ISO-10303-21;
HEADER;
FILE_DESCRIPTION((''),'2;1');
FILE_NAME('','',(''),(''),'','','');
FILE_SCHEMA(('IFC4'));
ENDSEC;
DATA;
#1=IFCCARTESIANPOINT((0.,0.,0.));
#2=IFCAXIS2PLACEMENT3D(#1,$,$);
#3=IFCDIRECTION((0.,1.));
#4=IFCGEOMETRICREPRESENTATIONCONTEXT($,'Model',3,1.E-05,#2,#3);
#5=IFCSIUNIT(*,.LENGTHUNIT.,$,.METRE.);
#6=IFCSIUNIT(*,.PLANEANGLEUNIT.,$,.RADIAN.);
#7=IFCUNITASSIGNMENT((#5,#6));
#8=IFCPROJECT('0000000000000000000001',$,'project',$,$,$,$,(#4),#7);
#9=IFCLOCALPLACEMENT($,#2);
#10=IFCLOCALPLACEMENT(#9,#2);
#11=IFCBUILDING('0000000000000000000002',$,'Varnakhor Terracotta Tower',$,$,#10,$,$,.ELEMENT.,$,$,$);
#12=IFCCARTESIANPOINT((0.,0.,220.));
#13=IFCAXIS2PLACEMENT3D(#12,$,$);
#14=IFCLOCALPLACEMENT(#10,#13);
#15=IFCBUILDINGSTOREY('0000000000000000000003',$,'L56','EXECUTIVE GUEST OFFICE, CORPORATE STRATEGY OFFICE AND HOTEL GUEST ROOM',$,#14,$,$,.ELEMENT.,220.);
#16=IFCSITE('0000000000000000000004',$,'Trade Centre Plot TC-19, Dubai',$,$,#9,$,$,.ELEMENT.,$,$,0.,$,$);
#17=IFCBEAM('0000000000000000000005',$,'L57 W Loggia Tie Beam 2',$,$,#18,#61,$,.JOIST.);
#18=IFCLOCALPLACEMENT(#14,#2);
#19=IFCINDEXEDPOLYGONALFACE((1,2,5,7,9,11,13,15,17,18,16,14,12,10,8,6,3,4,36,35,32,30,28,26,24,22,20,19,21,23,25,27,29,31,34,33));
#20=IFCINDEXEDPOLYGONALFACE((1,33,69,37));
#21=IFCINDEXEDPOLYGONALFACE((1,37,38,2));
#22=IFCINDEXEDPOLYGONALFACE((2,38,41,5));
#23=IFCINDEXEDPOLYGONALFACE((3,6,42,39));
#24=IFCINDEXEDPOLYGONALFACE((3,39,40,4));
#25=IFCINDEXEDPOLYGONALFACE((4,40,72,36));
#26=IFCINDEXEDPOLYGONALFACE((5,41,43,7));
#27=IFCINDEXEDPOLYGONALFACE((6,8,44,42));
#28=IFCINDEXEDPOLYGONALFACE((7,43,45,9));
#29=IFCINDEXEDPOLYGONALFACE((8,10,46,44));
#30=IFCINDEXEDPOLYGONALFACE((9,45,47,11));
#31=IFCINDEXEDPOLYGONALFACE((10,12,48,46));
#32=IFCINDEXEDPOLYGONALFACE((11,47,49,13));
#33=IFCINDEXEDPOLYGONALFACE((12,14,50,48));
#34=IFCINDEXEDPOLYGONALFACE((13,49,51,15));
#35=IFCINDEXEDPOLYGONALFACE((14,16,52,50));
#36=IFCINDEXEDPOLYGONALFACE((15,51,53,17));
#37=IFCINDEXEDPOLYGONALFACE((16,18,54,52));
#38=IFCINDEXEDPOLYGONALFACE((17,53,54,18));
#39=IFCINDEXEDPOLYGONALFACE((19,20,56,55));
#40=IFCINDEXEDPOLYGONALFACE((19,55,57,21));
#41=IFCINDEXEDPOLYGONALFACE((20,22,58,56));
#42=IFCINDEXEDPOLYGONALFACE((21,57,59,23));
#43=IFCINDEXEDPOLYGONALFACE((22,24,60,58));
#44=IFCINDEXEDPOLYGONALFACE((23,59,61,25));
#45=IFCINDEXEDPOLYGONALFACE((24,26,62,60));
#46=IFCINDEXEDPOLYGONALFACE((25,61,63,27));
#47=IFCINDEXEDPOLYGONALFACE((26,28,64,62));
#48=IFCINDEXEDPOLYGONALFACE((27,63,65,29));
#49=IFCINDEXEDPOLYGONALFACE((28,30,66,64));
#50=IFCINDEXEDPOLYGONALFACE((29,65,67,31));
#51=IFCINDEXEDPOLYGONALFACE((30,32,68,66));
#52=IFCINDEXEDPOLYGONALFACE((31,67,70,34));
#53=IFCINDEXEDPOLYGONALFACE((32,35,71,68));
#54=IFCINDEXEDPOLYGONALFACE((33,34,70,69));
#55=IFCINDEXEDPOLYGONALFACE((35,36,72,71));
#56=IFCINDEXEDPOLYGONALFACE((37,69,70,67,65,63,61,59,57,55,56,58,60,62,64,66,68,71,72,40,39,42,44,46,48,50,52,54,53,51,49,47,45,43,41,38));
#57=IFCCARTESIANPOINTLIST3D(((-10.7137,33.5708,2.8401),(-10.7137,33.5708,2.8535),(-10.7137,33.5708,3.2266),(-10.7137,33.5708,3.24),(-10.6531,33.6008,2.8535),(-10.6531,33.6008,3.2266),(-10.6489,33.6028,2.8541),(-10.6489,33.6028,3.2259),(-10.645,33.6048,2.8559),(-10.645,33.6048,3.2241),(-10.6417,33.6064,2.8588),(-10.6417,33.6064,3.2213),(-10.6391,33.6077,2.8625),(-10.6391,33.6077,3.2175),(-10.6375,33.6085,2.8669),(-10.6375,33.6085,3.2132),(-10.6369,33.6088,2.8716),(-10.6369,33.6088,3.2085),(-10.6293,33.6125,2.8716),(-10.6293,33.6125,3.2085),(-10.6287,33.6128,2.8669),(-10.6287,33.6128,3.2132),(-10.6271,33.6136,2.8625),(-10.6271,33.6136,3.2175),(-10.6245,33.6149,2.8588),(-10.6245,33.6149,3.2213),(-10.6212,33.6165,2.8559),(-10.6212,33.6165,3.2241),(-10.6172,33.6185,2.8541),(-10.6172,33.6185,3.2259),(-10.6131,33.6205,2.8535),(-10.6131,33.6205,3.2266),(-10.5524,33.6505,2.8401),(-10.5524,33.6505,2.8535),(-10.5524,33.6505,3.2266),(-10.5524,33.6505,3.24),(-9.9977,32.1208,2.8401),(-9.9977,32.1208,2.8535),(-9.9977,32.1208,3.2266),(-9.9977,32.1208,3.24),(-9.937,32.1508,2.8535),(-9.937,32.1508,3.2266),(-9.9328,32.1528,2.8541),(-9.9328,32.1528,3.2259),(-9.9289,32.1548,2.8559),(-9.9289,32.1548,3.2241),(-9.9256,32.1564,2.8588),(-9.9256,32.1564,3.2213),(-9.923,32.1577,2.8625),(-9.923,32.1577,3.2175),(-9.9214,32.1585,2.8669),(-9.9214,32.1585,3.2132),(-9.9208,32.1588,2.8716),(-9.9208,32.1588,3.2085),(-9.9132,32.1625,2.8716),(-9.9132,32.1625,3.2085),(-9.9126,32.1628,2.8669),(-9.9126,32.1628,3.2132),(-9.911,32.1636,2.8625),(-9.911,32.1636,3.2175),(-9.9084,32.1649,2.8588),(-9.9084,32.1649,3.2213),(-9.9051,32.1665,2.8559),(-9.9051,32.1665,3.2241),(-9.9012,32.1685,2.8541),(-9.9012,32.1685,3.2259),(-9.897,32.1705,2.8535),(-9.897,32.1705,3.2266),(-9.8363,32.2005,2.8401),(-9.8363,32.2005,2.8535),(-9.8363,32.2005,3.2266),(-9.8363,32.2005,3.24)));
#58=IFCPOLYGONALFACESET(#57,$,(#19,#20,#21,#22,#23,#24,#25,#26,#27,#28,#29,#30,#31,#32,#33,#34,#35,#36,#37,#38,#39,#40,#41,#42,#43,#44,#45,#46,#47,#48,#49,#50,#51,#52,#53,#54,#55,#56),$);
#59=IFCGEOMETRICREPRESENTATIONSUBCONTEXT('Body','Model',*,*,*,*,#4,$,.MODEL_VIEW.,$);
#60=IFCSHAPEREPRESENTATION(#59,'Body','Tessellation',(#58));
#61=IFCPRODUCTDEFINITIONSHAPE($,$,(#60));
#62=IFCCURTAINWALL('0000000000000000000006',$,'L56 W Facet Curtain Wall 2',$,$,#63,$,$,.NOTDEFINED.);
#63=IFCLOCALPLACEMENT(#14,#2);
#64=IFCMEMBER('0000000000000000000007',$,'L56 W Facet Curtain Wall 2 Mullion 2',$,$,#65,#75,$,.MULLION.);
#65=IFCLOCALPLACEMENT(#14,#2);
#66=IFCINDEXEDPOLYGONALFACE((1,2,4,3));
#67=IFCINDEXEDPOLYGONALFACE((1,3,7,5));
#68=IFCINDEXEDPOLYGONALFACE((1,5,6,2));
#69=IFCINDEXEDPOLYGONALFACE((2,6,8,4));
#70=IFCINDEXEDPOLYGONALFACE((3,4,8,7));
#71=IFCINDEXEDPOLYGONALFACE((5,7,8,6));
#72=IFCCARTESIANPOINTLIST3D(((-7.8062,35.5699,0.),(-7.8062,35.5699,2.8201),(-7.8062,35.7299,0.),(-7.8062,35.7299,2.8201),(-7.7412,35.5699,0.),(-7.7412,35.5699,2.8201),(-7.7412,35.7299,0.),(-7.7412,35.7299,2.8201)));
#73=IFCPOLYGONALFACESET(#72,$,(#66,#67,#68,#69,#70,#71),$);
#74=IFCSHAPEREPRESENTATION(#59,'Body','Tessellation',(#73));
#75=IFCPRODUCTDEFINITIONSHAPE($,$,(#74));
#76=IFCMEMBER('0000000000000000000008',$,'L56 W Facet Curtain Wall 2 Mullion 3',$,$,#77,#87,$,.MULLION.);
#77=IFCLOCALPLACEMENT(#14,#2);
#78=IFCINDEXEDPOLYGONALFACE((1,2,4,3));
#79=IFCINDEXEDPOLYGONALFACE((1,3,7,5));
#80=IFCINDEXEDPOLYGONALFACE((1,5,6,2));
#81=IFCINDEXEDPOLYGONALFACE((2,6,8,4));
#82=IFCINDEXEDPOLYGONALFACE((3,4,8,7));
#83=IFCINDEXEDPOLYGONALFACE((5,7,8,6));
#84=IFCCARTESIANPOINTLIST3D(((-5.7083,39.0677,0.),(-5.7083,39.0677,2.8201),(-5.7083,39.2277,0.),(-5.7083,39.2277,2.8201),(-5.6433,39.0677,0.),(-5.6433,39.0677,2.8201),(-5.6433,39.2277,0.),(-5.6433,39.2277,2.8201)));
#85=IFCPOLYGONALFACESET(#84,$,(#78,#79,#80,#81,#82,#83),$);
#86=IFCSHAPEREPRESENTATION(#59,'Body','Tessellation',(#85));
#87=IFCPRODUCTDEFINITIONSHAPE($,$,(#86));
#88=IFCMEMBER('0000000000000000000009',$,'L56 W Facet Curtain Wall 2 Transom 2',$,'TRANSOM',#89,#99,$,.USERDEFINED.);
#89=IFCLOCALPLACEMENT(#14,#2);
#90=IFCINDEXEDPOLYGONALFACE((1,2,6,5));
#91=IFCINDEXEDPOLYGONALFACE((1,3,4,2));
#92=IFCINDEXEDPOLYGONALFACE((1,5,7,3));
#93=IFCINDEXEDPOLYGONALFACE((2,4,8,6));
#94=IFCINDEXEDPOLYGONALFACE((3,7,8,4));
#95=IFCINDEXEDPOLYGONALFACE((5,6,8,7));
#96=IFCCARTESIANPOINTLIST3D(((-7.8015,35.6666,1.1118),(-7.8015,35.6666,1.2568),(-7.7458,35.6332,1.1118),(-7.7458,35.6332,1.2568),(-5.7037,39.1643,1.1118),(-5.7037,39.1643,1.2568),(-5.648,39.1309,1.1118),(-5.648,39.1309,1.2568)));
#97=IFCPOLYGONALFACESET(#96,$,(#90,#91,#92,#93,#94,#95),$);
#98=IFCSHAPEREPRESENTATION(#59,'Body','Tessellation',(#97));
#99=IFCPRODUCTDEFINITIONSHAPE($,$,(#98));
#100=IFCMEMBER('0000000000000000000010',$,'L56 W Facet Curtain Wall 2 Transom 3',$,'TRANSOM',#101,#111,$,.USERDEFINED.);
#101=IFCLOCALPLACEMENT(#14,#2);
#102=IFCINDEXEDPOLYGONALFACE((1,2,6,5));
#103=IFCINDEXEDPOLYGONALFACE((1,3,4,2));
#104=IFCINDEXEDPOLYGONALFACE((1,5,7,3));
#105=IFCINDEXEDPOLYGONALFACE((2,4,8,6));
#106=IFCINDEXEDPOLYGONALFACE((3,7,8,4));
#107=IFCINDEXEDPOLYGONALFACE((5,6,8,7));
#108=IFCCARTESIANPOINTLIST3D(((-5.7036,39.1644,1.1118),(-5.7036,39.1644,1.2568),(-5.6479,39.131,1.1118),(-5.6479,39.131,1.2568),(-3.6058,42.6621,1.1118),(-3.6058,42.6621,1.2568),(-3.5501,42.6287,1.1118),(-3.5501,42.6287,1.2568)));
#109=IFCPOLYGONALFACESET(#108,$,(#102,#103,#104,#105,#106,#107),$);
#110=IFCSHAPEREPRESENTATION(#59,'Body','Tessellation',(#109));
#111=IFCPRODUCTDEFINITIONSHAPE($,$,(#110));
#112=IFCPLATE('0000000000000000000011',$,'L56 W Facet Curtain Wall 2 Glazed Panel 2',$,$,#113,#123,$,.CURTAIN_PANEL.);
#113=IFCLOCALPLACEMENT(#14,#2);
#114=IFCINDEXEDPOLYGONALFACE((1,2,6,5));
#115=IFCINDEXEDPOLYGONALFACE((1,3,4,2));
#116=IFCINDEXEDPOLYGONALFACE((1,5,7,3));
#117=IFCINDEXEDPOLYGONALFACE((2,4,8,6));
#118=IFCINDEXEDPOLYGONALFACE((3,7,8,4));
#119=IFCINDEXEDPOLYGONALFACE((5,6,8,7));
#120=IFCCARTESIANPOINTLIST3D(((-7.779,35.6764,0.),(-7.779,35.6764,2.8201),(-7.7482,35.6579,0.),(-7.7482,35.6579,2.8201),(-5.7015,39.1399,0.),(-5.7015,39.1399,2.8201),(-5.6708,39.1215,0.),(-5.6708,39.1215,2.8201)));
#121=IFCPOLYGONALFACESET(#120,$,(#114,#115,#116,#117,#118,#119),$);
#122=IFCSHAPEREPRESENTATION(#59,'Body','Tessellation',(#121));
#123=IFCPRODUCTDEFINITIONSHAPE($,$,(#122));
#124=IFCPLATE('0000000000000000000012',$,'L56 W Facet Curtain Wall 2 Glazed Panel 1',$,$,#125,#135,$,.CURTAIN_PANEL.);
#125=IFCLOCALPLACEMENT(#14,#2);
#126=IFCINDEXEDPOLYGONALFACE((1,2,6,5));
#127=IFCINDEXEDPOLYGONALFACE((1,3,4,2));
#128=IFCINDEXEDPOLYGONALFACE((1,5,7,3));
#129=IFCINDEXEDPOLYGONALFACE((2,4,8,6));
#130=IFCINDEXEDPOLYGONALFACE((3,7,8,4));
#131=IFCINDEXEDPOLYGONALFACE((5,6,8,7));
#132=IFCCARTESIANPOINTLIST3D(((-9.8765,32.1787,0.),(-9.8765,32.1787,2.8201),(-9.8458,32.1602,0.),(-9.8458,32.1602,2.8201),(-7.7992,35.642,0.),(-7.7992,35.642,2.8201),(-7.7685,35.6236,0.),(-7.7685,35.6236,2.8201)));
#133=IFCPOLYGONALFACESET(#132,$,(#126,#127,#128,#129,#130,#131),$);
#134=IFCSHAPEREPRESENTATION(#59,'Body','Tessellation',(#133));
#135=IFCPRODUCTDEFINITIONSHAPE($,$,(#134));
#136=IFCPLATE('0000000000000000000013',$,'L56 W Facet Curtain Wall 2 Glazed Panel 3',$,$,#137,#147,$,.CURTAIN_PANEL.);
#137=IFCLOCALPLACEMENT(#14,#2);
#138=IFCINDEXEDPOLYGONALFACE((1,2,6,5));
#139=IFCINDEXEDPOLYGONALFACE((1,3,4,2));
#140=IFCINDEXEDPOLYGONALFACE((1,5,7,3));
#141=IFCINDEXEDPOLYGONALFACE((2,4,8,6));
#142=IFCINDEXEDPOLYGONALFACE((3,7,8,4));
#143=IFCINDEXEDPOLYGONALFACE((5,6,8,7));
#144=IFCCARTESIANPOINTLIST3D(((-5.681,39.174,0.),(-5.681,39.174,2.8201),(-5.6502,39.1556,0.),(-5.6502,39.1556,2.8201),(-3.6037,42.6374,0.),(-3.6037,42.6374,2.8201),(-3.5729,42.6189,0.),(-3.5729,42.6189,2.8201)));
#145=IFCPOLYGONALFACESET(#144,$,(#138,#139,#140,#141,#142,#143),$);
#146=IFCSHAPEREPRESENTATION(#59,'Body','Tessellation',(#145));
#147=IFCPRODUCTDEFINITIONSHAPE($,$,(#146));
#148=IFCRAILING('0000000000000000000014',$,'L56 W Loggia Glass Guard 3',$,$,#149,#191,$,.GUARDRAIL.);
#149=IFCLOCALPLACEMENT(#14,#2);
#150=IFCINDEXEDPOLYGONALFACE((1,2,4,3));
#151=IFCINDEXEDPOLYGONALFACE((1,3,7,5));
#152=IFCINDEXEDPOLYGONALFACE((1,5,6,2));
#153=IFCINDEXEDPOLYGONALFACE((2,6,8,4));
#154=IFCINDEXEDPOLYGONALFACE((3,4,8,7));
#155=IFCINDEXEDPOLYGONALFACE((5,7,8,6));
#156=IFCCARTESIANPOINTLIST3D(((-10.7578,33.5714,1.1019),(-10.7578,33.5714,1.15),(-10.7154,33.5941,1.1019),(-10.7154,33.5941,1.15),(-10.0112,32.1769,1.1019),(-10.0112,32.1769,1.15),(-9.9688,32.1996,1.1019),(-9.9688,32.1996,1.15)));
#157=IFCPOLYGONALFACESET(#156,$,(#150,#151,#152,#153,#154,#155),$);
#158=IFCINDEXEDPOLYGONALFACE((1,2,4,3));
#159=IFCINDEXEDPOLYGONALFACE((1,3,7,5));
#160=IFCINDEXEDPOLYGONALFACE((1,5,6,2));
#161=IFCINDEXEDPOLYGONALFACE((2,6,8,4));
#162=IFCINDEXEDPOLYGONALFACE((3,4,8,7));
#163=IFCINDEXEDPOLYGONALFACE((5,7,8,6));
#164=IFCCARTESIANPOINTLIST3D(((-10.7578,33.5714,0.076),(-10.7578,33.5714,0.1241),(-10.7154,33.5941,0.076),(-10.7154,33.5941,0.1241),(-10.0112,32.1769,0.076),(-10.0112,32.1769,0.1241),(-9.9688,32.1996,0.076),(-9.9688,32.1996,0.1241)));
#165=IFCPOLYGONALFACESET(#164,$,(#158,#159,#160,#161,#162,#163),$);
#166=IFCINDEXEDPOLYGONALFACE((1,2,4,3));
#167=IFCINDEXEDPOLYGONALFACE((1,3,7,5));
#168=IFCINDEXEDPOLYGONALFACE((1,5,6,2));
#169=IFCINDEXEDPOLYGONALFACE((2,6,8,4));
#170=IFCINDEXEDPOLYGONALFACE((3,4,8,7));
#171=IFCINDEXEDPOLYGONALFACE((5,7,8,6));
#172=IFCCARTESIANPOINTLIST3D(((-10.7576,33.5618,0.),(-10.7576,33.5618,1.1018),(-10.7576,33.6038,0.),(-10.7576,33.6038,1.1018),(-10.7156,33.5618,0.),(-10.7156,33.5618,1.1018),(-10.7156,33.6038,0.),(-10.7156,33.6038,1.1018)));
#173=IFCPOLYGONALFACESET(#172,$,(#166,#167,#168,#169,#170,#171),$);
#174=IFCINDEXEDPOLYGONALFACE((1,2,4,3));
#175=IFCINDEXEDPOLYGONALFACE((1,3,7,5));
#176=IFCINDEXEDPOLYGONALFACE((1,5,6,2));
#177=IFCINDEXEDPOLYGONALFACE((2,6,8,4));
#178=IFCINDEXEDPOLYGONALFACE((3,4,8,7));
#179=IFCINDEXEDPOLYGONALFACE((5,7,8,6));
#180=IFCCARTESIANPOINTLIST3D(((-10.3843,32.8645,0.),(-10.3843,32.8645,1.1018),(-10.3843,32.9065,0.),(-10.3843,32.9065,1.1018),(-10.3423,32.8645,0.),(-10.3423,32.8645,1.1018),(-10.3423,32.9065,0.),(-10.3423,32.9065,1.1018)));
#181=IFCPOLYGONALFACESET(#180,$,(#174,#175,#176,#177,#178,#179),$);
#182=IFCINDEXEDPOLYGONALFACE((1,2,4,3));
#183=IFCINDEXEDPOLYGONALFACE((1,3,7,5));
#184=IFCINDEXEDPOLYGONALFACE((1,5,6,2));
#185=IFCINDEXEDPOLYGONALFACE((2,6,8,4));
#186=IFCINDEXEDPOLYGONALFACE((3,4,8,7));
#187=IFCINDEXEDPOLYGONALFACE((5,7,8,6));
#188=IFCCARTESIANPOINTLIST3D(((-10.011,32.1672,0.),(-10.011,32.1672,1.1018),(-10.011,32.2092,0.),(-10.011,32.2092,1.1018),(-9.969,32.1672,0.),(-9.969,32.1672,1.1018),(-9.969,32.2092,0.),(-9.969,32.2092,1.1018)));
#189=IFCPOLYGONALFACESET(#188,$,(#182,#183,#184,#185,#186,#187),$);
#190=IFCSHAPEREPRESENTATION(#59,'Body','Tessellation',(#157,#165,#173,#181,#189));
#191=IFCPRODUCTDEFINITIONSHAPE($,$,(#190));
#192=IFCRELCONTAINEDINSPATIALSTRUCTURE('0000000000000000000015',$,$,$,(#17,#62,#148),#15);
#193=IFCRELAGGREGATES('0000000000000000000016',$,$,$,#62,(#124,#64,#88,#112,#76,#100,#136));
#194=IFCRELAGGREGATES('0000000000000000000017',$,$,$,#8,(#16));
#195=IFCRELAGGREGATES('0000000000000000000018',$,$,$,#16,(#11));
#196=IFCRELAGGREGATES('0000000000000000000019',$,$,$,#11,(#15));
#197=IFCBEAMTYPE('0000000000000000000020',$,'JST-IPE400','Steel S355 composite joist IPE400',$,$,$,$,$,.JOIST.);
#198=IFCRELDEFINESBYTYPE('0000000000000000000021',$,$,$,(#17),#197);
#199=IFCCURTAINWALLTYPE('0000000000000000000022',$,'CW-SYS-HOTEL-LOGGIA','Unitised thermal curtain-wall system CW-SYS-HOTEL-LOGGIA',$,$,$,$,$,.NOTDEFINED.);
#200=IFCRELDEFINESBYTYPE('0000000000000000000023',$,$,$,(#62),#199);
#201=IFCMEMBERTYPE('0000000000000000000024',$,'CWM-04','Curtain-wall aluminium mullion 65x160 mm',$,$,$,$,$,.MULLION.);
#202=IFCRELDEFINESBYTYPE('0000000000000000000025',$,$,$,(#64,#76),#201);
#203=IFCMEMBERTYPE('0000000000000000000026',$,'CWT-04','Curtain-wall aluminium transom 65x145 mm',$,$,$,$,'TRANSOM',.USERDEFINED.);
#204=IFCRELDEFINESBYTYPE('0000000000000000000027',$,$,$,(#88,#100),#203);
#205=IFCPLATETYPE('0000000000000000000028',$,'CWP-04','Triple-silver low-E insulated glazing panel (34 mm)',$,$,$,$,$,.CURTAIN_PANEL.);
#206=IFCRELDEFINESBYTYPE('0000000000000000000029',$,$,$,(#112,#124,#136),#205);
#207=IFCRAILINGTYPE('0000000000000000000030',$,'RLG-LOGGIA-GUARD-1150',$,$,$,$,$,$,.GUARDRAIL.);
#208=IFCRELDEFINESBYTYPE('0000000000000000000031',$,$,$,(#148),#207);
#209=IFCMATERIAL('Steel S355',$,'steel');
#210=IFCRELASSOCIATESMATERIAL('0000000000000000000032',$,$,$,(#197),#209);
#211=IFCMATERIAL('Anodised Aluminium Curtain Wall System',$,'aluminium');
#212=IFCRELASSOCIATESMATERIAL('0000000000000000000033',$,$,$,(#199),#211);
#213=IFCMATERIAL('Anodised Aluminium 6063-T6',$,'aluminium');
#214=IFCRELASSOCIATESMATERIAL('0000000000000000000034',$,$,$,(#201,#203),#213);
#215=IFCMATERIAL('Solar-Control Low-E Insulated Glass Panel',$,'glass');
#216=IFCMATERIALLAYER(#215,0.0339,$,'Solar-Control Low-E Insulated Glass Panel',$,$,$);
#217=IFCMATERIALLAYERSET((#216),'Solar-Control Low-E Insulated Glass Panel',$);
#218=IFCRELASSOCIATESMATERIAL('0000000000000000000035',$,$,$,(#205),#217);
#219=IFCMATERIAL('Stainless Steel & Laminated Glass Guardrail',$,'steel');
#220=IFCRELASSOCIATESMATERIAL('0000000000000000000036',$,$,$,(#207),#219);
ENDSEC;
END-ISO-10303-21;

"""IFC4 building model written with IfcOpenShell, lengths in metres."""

from ifc_helpers import new_model, si_unit, direction, frame, origin, origin_2d, place, context, subcontext, project, spatial, rectangle, i_section, extrude, source, transform, mapped, material, layer, layer_set, material_profile, profile_set, type_object, type_shapes, element, aggregate, save


model = new_model("IFC4")

# Units and contexts
model_context = context("Model", 3, precision=1e-05, world=origin(), true_north=direction((0.0, 1.0)))
body_context = subcontext(model_context, "Body", "Model", "MODEL_VIEW")
ifc_project = project(units=[si_unit("LENGTHUNIT", "METRE"), si_unit("PLANEANGLEUNIT", "RADIAN")], contexts=[model_context])

# Site, building, storey
site_placement = place(None, origin())
site = spatial("IfcSite", under=ifc_project, at=site_placement, Name="Trade Centre Plot TC-19, Dubai", CompositionType="ELEMENT", RefElevation=0.0)
building_placement = place(site_placement, origin())
building = spatial("IfcBuilding", under=site, at=building_placement, Name="Varnakhor Terracotta Tower", CompositionType="ELEMENT")
storey_placement = place(building_placement, frame((0.0, 0.0, 220.0)))
storey = spatial("IfcBuildingStorey", under=building, at=storey_placement, Name="L56", Description="EXECUTIVE GUEST OFFICE, CORPORATE STRATEGY OFFICE AND HOTEL GUEST ROOM", CompositionType="ELEMENT", Elevation=220.0)

# Beam
ifc_material_1 = material(Name="Steel S355", Category="steel")
ifc_material_profile_1 = material_profile(ifc_material_1, i_section(OverallWidth=0.1799, OverallDepth=0.3999, WebThickness=0.0085, FlangeThickness=0.0134, FilletRadius=0.0181, at=origin_2d()), Name="IPE400")
ifc_profile_set_1 = profile_set([ifc_material_profile_1], Name="Steel S355")
beam_type_1 = type_object("IfcBeamType", Name="JST-IPE400", Description="Steel S355 composite joist IPE400", PredefinedType="JOIST", material=ifc_profile_set_1)
shared_shape_1 = source(origin(), body_context, "Body", "SweptSolid", [
    extrude(i_section(OverallWidth=0.1799, OverallDepth=0.3999, WebThickness=0.0085, FlangeThickness=0.0134, FilletRadius=0.0181, at=origin_2d()), origin(), (0.0, 0.0, 1.0), 1.6172),
])
beam_1_placement = place(storey_placement, frame((-9.917, 32.1606, 3.04), z_axis=(-0.4428, 0.896621, 0.0), x_axis=(-0.896621, -0.4428, 0.0)))
element("IfcBeam", 1, at=beam_1_placement, inside=storey, type_object=beam_type_1, Name="L57 W Loggia Tie Beam 2", PredefinedType="JOIST", context=body_context, shape_type="MappedRepresentation", body=[
    mapped(shared_shape_1, transform((0.0, 0.0, 0.0), scale=1.0)),
])

# Curtain wall, members, plates
ifc_material_2 = material(Name="Anodised Aluminium Curtain Wall System", Category="aluminium")
curtain_wall_type = type_object("IfcCurtainWallType", Name="CW-SYS-HOTEL-LOGGIA", Description="Unitised thermal curtain-wall system CW-SYS-HOTEL-LOGGIA", PredefinedType="NOTDEFINED", material=ifc_material_2)
curtain_wall_placement = place(storey_placement, origin())
curtain_wall = element("IfcCurtainWall", 2, at=curtain_wall_placement, inside=storey, type_object=curtain_wall_type, Name="L56 W Facet Curtain Wall 2", PredefinedType="NOTDEFINED")
ifc_material_3 = material(Name="Anodised Aluminium 6063-T6", Category="aluminium")
ifc_material_profile_2 = material_profile(ifc_material_3, rectangle(XDim=0.0649, YDim=0.1599, at=origin_2d()), Name="ALU MULLION 65x160")
ifc_profile_set_2 = profile_set([ifc_material_profile_2], Name="Anodised Aluminium 6063-T6")
member_type_1 = type_object("IfcMemberType", Name="CWM-04", Description="Curtain-wall aluminium mullion 65x160 mm", PredefinedType="MULLION", material=ifc_profile_set_2)
shared_shape_2 = source(origin(), body_context, "Body", "SweptSolid", [
    extrude(rectangle(XDim=0.0649, YDim=0.1599, at=origin_2d()), origin(), (0.0, 0.0, 1.0), 2.8201),
])
type_shapes(member_type_1, [shared_shape_2])
member_1_placement = place(storey_placement, frame((-7.7737, 35.6499, 0.0), z_axis=(0.0, 0.0, 1.0), x_axis=(1.0, 0.0, 0.0)))
member_1 = element("IfcMember", 3, at=member_1_placement, type_object=member_type_1, Name="L56 W Facet Curtain Wall 2 Mullion 2", PredefinedType="MULLION", context=body_context, shape_type="MappedRepresentation", body=[
    mapped(shared_shape_2, transform((0.0, 0.0, 0.0), scale=1.0)),
])
member_2_placement = place(storey_placement, frame((-5.6758, 39.1477, 0.0), z_axis=(0.0, 0.0, 1.0), x_axis=(1.0, 0.0, 0.0)))
member_2 = element("IfcMember", 4, at=member_2_placement, type_object=member_type_1, Name="L56 W Facet Curtain Wall 2 Mullion 3", PredefinedType="MULLION", context=body_context, shape_type="MappedRepresentation", body=[
    mapped(shared_shape_2, transform((0.0, 0.0, 0.0), scale=1.0)),
])
ifc_material_profile_3 = material_profile(ifc_material_3, rectangle(XDim=0.0649, YDim=0.145, at=origin_2d()), Name="ALU TRANSOM 65x145")
ifc_profile_set_3 = profile_set([ifc_material_profile_3], Name="Anodised Aluminium 6063-T6")
member_type_2 = type_object("IfcMemberType", Name="CWT-04", Description="Curtain-wall aluminium transom 65x145 mm", ElementType="TRANSOM", PredefinedType="USERDEFINED", material=ifc_profile_set_3)
shared_shape_3 = source(origin(), body_context, "Body", "SweptSolid", [
    extrude(rectangle(XDim=0.0649, YDim=0.145, at=origin_2d()), origin(), (0.0, 0.0, 1.0), 4.0786),
])
type_shapes(member_type_2, [shared_shape_3])
member_3_placement = place(storey_placement, frame((-7.7737, 35.6499, 1.1843), z_axis=(0.514355, 0.857577, 0.0), x_axis=(-0.857577, 0.514355, 0.0)))
member_3 = element("IfcMember", 5, at=member_3_placement, type_object=member_type_2, Name="L56 W Facet Curtain Wall 2 Transom 2", ObjectType="TRANSOM", PredefinedType="USERDEFINED", context=body_context, shape_type="MappedRepresentation", body=[
    mapped(shared_shape_3, transform((0.0, 0.0, 0.0), scale=1.0)),
])
member_4_placement = place(storey_placement, frame((-5.6758, 39.1477, 1.1843), z_axis=(0.514355, 0.857577, 0.0), x_axis=(-0.857577, 0.514355, 0.0)))
member_4 = element("IfcMember", 6, at=member_4_placement, type_object=member_type_2, Name="L56 W Facet Curtain Wall 2 Transom 3", ObjectType="TRANSOM", PredefinedType="USERDEFINED", context=body_context, shape_type="MappedRepresentation", body=[
    mapped(shared_shape_3, transform((0.0, 0.0, 0.0), scale=1.0)),
])
ifc_material_4 = material(Name="Solar-Control Low-E Insulated Glass Panel", Category="glass")
ifc_layer = layer(ifc_material_4, 0.0339, Name="Solar-Control Low-E Insulated Glass Panel")
ifc_layer_set = layer_set([ifc_layer], Name="Solar-Control Low-E Insulated Glass Panel")
plate_type = type_object("IfcPlateType", Name="CWP-04", Description="Triple-silver low-E insulated glazing panel (34 mm)", PredefinedType="CURTAIN_PANEL", material=ifc_layer_set)
shared_shape_4 = source(origin(), body_context, "Body", "SweptSolid", [
    extrude(rectangle(XDim=4.0388, YDim=0.0359, at=origin_2d()), origin(), (0.0, 0.0, 1.0), 2.8201),
])
type_shapes(plate_type, [shared_shape_4])
plate_1_placement = place(storey_placement, frame((-6.7249, 37.3989, 0.0), z_axis=(0.0, 0.0, 1.0), x_axis=(0.514365, 0.857572, 0.0)))
plate_1 = element("IfcPlate", 7, at=plate_1_placement, type_object=plate_type, Name="L56 W Facet Curtain Wall 2 Glazed Panel 2", PredefinedType="CURTAIN_PANEL", context=body_context, shape_type="MappedRepresentation", body=[
    mapped(shared_shape_4, transform((0.0, 0.0, 0.0), scale=1.0)),
])
shared_shape_5 = source(origin(), body_context, "Body", "SweptSolid", [
    extrude(rectangle(XDim=4.0386, YDim=0.0359, at=origin_2d()), origin(), (0.0, 0.0, 1.0), 2.8201),
])
plate_2_placement = place(storey_placement, frame((-8.8225, 33.9011, 0.0), z_axis=(0.0, 0.0, 1.0), x_axis=(0.514365, 0.857572, 0.0)))
plate_2 = element("IfcPlate", 8, at=plate_2_placement, type_object=plate_type, Name="L56 W Facet Curtain Wall 2 Glazed Panel 1", PredefinedType="CURTAIN_PANEL", context=body_context, shape_type="MappedRepresentation", body=[
    mapped(shared_shape_5, transform((0.0, 0.0, 0.0), scale=1.0)),
])
plate_3_placement = place(storey_placement, frame((-4.627, 40.8965, 0.0), z_axis=(0.0, 0.0, 1.0), x_axis=(0.514365, 0.857572, 0.0)))
plate_3 = element("IfcPlate", 9, at=plate_3_placement, type_object=plate_type, Name="L56 W Facet Curtain Wall 2 Glazed Panel 3", PredefinedType="CURTAIN_PANEL", context=body_context, shape_type="MappedRepresentation", body=[
    mapped(shared_shape_5, transform((0.0, 0.0, 0.0), scale=1.0)),
])
aggregate(curtain_wall, [plate_2, member_1, member_3, plate_1, member_2, member_4, plate_3])

# Railing
ifc_material_5 = material(Name="Stainless Steel & Laminated Glass Guardrail", Category="steel")
railing_type = type_object("IfcRailingType", Name="RLG-LOGGIA-GUARD-1150", PredefinedType="GUARDRAIL", material=ifc_material_5)
railing_placement = place(storey_placement, frame((-10.7366, 33.5828, 0.0)))
element("IfcRailing", 10, at=railing_placement, inside=storey, type_object=railing_type, Name="L56 W Loggia Glass Guard 3", PredefinedType="GUARDRAIL", context=body_context, shape_type="SweptSolid", body=[
    extrude(rectangle(XDim=0.0481, YDim=0.0481, at=origin_2d()), frame((0.0, 0.0, 1.126), z_axis=(0.471982, -0.881608, 0.0), x_axis=(0.881608, 0.471982, 0.0)), (0.0, 0.0, 1.0), 1.5818),
    extrude(rectangle(XDim=0.0481, YDim=0.0481, at=origin_2d()), frame((0.0, 0.0, 0.1001), z_axis=(0.471982, -0.881608, 0.0), x_axis=(0.881608, 0.471982, 0.0)), (0.0, 0.0, 1.0), 1.5818),
    extrude(rectangle(XDim=0.042, YDim=0.042, at=origin_2d()), origin(), (0.0, 0.0, 1.0), 1.1018),
    extrude(rectangle(XDim=0.042, YDim=0.042, at=origin_2d()), frame((0.3733, -0.6973, 0.0)), (0.0, 0.0, 1.0), 1.1018),
    extrude(rectangle(XDim=0.042, YDim=0.042, at=origin_2d()), frame((0.7466, -1.3945, 0.0)), (0.0, 0.0, 1.0), 1.1018),
])

save(model, "model.ifc")
